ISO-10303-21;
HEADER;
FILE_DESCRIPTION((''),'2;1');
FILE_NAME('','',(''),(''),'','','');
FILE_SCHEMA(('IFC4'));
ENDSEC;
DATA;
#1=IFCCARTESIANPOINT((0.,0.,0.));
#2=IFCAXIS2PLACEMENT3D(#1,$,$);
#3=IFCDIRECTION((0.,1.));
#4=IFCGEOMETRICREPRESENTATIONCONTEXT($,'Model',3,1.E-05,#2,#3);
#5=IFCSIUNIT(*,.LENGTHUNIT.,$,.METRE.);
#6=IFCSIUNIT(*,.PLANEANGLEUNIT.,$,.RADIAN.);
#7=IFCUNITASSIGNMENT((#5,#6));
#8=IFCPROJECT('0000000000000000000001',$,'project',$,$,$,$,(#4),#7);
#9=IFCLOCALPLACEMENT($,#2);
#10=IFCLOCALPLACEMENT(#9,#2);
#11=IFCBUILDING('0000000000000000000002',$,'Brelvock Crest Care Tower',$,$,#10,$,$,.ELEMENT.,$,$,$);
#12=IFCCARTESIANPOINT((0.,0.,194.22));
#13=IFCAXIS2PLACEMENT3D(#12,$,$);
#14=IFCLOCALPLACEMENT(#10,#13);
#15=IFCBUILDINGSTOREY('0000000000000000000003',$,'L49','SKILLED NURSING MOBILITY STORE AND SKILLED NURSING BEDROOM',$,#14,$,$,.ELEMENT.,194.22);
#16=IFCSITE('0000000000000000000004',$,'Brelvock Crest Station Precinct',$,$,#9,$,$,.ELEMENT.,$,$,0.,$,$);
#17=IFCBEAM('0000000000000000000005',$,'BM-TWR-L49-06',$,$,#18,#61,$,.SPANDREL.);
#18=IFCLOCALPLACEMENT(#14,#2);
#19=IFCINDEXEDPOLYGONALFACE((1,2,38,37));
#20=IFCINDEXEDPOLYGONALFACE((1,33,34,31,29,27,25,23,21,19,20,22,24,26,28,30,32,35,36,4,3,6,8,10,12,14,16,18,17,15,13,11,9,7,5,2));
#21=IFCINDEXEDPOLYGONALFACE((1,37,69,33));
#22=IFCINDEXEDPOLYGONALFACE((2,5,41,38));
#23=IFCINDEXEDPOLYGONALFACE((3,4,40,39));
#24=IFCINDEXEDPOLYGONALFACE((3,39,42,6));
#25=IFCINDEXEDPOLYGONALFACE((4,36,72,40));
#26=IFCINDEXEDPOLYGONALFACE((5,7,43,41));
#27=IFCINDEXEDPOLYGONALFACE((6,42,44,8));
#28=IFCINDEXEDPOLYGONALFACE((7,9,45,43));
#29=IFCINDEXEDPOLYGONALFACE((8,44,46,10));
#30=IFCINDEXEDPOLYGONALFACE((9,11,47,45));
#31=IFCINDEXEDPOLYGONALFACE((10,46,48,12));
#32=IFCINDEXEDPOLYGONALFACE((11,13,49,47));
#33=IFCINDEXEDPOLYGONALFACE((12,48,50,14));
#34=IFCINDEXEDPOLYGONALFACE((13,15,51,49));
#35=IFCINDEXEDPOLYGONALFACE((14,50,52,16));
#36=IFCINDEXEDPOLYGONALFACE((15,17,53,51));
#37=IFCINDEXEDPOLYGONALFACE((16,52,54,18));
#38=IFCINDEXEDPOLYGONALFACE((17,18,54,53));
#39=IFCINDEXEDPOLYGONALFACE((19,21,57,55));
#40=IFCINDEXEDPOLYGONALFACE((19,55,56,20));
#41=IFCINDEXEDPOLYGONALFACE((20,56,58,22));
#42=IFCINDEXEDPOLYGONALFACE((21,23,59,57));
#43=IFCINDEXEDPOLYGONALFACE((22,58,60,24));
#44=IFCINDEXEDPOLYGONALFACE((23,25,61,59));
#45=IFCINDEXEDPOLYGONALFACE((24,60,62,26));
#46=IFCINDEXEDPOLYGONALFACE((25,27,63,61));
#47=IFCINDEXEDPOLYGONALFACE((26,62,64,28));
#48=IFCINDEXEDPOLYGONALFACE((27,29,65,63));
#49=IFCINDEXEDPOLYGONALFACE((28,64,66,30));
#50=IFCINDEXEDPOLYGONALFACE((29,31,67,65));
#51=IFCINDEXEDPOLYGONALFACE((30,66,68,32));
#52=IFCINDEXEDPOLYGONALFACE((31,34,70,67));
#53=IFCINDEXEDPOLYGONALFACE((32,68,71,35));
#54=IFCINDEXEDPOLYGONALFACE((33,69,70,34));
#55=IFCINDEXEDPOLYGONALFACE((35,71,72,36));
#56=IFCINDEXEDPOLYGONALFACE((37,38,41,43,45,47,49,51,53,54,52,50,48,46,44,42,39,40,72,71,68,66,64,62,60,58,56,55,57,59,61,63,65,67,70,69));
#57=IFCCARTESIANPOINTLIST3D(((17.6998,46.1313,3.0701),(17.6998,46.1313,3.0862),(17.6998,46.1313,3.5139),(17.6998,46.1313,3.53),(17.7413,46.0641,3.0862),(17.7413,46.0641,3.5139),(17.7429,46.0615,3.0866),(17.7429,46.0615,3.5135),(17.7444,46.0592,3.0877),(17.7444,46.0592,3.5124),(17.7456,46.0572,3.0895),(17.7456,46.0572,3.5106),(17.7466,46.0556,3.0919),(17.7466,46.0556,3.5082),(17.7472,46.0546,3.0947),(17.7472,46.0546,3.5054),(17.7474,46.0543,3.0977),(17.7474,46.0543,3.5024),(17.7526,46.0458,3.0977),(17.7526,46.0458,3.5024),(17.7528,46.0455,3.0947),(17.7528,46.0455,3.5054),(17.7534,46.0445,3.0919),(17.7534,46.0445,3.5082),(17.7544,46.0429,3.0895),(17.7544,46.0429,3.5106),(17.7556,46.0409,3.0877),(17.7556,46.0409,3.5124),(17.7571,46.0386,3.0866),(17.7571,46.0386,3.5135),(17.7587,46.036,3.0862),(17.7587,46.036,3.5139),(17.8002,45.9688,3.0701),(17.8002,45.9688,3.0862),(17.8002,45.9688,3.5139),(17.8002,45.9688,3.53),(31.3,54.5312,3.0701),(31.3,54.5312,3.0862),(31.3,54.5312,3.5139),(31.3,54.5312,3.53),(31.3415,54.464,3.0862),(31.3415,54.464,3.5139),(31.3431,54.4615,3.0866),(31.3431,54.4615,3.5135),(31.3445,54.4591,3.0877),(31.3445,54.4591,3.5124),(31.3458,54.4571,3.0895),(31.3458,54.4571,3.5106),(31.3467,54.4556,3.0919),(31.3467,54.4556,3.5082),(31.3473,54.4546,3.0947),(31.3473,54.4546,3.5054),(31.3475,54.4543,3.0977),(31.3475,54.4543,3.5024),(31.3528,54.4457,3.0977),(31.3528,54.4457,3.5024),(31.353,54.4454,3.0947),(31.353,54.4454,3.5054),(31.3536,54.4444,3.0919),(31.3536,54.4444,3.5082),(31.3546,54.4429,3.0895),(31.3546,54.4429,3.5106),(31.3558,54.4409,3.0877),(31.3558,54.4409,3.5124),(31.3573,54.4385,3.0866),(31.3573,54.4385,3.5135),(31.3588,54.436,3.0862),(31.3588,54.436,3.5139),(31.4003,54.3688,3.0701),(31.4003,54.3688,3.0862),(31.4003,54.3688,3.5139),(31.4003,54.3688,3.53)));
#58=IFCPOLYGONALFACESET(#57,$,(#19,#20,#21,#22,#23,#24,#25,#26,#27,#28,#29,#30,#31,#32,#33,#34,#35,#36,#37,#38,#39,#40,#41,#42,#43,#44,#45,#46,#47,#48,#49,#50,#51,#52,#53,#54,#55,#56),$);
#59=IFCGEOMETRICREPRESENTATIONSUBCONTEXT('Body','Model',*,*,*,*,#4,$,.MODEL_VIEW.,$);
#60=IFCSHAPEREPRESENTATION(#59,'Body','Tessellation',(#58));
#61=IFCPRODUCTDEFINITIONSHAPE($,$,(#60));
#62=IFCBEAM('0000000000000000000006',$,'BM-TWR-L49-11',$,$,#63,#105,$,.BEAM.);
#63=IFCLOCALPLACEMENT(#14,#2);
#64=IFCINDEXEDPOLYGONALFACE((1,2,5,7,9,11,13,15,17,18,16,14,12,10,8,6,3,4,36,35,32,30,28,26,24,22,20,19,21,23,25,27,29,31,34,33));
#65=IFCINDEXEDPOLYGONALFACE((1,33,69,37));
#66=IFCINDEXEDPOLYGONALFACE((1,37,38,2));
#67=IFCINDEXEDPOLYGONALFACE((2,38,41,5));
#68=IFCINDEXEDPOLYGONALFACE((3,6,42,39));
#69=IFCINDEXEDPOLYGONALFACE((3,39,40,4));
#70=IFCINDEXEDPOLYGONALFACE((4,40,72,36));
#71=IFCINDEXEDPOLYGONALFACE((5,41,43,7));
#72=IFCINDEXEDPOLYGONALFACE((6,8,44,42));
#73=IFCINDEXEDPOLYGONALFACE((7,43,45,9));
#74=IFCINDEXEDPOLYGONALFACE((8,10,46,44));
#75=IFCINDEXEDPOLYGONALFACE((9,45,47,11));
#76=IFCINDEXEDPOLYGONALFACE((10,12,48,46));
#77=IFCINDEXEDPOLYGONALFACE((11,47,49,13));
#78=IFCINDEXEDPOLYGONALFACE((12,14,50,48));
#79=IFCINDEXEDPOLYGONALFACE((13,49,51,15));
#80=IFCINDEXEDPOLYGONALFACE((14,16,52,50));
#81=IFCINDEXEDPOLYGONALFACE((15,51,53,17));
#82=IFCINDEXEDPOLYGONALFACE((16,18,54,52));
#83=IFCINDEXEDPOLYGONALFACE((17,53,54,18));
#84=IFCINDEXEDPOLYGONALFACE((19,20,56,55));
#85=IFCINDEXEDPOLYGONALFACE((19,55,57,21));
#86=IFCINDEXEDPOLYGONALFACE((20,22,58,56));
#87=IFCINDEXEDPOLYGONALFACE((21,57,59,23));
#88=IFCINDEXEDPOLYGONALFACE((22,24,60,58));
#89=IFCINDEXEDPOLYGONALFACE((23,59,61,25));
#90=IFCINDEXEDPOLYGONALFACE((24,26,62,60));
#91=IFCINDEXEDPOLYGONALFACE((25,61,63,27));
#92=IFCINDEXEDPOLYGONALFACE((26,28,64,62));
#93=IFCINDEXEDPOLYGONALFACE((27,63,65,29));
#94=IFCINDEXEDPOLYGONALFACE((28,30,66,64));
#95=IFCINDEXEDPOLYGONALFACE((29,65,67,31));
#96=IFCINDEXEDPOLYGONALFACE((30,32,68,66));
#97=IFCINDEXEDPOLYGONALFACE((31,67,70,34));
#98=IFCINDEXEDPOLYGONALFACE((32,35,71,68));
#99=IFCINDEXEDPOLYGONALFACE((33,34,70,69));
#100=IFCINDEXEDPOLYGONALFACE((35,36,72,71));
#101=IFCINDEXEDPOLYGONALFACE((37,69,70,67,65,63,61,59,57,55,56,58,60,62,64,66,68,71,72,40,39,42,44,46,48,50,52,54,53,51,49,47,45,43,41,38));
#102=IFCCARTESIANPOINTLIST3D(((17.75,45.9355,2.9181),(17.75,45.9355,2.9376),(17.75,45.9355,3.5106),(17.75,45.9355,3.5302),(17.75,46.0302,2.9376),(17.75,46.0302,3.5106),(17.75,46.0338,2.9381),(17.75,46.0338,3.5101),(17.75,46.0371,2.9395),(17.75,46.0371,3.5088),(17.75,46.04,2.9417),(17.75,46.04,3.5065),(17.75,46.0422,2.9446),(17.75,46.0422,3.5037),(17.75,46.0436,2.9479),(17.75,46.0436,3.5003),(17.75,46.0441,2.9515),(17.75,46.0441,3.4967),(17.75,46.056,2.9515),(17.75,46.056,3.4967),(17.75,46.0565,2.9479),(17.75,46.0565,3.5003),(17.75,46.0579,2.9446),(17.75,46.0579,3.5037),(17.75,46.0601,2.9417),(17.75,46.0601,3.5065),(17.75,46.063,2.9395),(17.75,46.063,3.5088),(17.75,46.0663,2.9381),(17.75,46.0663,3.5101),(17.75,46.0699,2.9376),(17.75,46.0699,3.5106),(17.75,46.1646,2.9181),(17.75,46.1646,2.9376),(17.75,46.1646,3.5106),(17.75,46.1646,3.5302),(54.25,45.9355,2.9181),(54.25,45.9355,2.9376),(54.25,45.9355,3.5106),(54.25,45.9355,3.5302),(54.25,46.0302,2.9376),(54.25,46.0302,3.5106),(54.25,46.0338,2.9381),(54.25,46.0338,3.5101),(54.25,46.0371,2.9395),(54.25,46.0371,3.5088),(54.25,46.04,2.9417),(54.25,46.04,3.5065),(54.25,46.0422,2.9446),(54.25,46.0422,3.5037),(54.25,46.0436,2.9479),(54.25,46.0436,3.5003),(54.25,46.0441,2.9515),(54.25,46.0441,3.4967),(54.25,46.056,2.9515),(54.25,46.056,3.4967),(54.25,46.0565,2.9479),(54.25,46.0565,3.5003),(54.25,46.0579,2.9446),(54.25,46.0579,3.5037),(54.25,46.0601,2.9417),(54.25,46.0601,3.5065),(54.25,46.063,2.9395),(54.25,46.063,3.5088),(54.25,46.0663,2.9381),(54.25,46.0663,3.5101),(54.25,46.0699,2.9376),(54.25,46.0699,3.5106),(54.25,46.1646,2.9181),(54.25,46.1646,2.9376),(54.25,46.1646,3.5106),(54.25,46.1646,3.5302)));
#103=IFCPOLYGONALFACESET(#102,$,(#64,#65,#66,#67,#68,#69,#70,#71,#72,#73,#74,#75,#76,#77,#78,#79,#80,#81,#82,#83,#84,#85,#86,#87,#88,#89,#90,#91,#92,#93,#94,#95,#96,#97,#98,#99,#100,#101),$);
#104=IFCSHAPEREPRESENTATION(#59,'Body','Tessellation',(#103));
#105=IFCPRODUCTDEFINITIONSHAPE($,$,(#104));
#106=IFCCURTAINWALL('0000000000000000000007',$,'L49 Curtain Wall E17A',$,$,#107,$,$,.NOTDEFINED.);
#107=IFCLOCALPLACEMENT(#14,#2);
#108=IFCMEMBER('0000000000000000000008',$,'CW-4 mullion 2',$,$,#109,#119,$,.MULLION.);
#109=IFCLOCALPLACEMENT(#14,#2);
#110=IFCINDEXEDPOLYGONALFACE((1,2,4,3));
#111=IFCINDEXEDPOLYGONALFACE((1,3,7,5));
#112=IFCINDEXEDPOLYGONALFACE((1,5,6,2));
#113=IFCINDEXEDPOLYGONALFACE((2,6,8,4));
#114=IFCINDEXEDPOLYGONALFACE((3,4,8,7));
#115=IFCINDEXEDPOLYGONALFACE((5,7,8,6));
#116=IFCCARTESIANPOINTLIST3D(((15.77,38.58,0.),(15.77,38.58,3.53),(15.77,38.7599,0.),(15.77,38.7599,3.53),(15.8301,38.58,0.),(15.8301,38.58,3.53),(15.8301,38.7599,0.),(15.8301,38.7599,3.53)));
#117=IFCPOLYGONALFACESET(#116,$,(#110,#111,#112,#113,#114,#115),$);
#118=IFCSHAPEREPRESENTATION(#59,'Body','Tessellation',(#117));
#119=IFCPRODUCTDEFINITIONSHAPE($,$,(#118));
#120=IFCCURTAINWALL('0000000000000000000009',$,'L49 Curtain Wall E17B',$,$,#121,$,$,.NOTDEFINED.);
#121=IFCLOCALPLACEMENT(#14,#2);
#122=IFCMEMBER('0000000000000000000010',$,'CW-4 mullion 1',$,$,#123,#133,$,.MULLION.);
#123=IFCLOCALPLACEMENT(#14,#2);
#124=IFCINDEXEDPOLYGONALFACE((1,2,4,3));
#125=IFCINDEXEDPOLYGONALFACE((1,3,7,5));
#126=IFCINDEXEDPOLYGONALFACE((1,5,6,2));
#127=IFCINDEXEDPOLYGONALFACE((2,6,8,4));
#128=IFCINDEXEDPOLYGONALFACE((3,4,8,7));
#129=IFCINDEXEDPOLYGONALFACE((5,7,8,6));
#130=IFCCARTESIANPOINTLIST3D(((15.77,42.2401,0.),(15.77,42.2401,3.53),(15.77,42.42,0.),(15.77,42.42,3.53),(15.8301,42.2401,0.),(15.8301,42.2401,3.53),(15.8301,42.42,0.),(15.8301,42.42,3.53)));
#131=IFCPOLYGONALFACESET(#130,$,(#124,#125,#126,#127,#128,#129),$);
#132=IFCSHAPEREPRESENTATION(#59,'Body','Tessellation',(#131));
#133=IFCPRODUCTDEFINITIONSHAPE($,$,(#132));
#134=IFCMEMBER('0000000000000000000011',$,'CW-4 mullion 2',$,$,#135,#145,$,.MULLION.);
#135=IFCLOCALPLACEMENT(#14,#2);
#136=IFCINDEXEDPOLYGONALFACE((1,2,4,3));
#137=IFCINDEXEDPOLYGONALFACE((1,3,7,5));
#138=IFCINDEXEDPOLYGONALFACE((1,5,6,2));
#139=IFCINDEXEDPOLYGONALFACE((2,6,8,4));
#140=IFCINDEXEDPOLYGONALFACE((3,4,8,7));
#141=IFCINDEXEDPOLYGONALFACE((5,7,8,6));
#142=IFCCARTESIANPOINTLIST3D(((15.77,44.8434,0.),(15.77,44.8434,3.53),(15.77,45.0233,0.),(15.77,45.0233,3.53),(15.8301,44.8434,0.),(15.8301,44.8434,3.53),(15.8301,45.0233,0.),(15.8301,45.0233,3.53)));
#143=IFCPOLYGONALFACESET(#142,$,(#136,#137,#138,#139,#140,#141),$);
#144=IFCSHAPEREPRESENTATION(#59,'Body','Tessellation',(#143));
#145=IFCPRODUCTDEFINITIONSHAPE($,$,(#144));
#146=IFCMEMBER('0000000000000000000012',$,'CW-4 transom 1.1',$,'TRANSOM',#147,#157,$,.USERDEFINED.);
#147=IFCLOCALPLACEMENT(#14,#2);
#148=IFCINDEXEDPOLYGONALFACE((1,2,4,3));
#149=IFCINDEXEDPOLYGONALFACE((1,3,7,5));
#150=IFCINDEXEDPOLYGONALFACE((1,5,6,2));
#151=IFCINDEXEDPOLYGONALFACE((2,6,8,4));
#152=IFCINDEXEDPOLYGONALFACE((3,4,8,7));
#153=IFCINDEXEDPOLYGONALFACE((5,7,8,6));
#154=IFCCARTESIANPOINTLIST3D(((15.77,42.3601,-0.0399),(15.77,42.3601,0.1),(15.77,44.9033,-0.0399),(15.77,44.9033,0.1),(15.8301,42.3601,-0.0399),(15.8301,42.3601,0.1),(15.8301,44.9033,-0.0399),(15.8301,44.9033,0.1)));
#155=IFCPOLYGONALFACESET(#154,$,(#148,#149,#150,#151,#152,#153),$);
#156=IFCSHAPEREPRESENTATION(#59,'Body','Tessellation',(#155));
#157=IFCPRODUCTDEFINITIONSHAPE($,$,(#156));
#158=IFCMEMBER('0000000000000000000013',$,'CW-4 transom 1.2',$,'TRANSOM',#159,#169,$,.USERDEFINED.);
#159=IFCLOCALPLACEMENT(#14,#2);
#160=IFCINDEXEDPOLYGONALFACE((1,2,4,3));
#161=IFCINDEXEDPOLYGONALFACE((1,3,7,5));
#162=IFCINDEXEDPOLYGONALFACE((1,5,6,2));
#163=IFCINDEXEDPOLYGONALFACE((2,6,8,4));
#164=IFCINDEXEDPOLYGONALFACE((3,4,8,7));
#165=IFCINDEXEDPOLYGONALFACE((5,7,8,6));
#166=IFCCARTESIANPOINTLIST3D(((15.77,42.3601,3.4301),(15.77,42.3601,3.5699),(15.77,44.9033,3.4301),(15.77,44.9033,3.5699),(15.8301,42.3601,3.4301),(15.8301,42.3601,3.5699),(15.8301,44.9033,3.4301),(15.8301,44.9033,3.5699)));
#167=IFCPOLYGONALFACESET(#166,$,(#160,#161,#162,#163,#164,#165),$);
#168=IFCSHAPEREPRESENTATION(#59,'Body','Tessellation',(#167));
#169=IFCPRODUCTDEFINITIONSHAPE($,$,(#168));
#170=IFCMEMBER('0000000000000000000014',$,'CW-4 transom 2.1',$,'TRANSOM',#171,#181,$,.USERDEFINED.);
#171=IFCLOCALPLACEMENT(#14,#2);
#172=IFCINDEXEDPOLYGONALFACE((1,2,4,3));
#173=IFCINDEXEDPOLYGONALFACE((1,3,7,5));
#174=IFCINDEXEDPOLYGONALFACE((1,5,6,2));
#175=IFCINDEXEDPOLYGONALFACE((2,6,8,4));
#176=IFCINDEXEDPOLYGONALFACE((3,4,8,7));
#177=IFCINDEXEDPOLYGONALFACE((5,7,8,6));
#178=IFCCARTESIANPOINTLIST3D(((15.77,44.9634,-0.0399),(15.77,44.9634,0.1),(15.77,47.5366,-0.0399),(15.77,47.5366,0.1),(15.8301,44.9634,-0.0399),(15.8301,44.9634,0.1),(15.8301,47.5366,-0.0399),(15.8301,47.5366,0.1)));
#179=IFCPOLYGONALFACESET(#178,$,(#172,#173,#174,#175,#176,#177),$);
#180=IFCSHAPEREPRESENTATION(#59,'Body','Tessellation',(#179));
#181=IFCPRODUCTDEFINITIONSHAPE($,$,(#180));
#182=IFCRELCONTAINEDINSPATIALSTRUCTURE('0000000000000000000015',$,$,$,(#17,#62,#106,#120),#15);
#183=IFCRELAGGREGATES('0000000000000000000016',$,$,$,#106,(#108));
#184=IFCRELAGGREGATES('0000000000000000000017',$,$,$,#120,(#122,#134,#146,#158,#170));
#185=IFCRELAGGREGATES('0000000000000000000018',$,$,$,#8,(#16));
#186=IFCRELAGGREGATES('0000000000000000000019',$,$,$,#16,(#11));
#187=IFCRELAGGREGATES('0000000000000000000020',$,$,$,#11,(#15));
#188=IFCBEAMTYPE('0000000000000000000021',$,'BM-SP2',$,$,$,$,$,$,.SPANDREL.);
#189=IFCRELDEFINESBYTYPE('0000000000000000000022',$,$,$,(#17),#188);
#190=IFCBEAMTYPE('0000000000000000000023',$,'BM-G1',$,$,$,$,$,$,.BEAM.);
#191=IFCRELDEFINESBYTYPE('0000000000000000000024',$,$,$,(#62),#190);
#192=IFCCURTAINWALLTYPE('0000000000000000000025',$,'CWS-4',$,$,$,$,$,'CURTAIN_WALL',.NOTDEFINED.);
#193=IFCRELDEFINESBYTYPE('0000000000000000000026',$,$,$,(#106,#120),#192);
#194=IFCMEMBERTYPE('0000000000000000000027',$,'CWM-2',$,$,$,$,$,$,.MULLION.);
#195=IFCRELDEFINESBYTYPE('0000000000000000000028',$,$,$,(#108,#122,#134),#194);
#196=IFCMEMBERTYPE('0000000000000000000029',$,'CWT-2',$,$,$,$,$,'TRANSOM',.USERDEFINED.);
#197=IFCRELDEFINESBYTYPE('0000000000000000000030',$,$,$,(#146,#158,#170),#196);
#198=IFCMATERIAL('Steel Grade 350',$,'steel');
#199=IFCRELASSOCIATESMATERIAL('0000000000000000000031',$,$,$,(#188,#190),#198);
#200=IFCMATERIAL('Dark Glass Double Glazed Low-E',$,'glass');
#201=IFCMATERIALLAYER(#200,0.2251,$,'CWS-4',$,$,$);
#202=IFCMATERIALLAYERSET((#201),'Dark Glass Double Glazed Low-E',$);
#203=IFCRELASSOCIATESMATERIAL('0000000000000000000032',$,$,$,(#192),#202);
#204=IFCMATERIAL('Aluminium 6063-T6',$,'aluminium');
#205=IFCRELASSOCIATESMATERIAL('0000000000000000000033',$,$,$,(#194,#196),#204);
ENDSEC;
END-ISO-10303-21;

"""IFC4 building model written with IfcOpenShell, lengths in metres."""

from ifc_helpers import new_model, si_unit, direction, frame, origin, origin_2d, place, context, subcontext, project, spatial, rectangle, i_section, extrude, source, transform, mapped, material, layer, layer_set, material_profile, profile_set, type_object, element, aggregate, save


model = new_model("IFC4")

# Units and contexts
model_context = context("Model", 3, precision=1e-05, world=origin(), true_north=direction((0.0, 1.0)))
body_context = subcontext(model_context, "Body", "Model", "MODEL_VIEW")
ifc_project = project(units=[si_unit("LENGTHUNIT", "METRE"), si_unit("PLANEANGLEUNIT", "RADIAN")], contexts=[model_context])

# Site, building, storey
site_placement = place(None, origin())
site = spatial("IfcSite", under=ifc_project, at=site_placement, Name="Brelvock Crest Station Precinct", CompositionType="ELEMENT", RefElevation=0.0)
building_placement = place(site_placement, origin())
building = spatial("IfcBuilding", under=site, at=building_placement, Name="Brelvock Crest Care Tower", CompositionType="ELEMENT")
storey_placement = place(building_placement, frame((0.0, 0.0, 194.22)))
storey = spatial("IfcBuildingStorey", under=building, at=storey_placement, Name="L49", Description="SKILLED NURSING MOBILITY STORE AND SKILLED NURSING BEDROOM", CompositionType="ELEMENT", Elevation=194.22)

# Shared definitions
ifc_material_1 = material(Name="Steel Grade 350", Category="steel")

# Beams
ifc_material_profile_1 = material_profile(ifc_material_1, i_section(OverallWidth=0.1909, OverallDepth=0.46, WebThickness=0.01, FlangeThickness=0.0161, FilletRadius=0.0115, at=origin_2d()), Name="460UB82.1")
ifc_profile_set_1 = profile_set([ifc_material_profile_1], Name="Steel Grade 350")
beam_type_1 = type_object("IfcBeamType", Name="BM-SP2", PredefinedType="SPANDREL", material=ifc_profile_set_1)
shared_shape_1 = source(origin(), body_context, "Body", "SweptSolid", [
    extrude(i_section(OverallWidth=0.1909, OverallDepth=0.46, WebThickness=0.01, FlangeThickness=0.0161, FilletRadius=0.0115, at=origin_2d()), origin(), (0.0, 0.0, 1.0), 15.9851),
])
beam_1_placement = place(storey_placement, frame((17.75, 46.05, 3.3), z_axis=(0.850802, 0.525486, 0.0), x_axis=(-0.525486, 0.850802, 0.0)))
element("IfcBeam", 1, at=beam_1_placement, inside=storey, type_object=beam_type_1, Name="BM-TWR-L49-06", PredefinedType="SPANDREL", context=body_context, shape_type="MappedRepresentation", body=[
    mapped(shared_shape_1, transform((0.0, 0.0, 0.0), x_axis=(1.0, 0.0, 0.0), y_axis=(0.0, 1.0, 0.0), z_axis=(0.0, 0.0, 1.0), scale=1.0)),
])
ifc_material_profile_2 = material_profile(ifc_material_1, i_section(OverallWidth=0.229, OverallDepth=0.6121, WebThickness=0.012, FlangeThickness=0.0195, FilletRadius=0.0139, at=origin_2d()), Name="610UB125")
ifc_profile_set_2 = profile_set([ifc_material_profile_2], Name="Steel Grade 350")
beam_type_2 = type_object("IfcBeamType", Name="BM-G1", PredefinedType="BEAM", material=ifc_profile_set_2)
shared_shape_2 = source(origin(), body_context, "Body", "SweptSolid", [
    extrude(i_section(OverallWidth=0.229, OverallDepth=0.6121, WebThickness=0.012, FlangeThickness=0.0195, FilletRadius=0.0139, at=origin_2d()), origin(), (0.0, 0.0, 1.0), 36.5),
])
beam_2_placement = place(storey_placement, frame((17.75, 46.05, 3.2241), z_axis=(1.0, 0.0, 0.0), x_axis=(0.0, 1.0, 0.0)))
element("IfcBeam", 2, at=beam_2_placement, inside=storey, type_object=beam_type_2, Name="BM-TWR-L49-11", PredefinedType="BEAM", context=body_context, shape_type="MappedRepresentation", body=[
    mapped(shared_shape_2, transform((0.0, 0.0, 0.0), x_axis=(1.0, 0.0, 0.0), y_axis=(0.0, 1.0, 0.0), z_axis=(0.0, 0.0, 1.0), scale=1.0)),
])

# Curtain wall, member
ifc_material_2 = material(Name="Dark Glass Double Glazed Low-E", Category="glass")
ifc_layer_1 = layer(ifc_material_2, 0.2251, Name="CWS-4")
ifc_layer_set_1 = layer_set([ifc_layer_1], Name="Dark Glass Double Glazed Low-E")
curtain_wall_type = type_object("IfcCurtainWallType", Name="CWS-4", ElementType="CURTAIN_WALL", PredefinedType="NOTDEFINED", material=ifc_layer_set_1)
curtain_wall_1_placement = place(storey_placement, origin())
curtain_wall_1 = element("IfcCurtainWall", 3, at=curtain_wall_1_placement, inside=storey, type_object=curtain_wall_type, Name="L49 Curtain Wall E17A", PredefinedType="NOTDEFINED")
ifc_material_3 = material(Name="Aluminium 6063-T6", Category="aluminium")
ifc_material_profile_3 = material_profile(ifc_material_3, rectangle(XDim=0.0601, YDim=0.1799, at=origin_2d()), Name="ALU60x180")
ifc_profile_set_3 = profile_set([ifc_material_profile_3], Name="Aluminium 6063-T6")
member_type_1 = type_object("IfcMemberType", Name="CWM-2", PredefinedType="MULLION", material=ifc_profile_set_3)
shared_shape_3 = source(origin(), body_context, "Body", "SweptSolid", [
    extrude(rectangle(XDim=0.0601, YDim=0.1799, at=origin_2d()), origin(), (0.0, 0.0, 1.0), 3.53),
])
member_1_placement = place(storey_placement, frame((15.8, 38.6699, 0.0), z_axis=(0.0, 0.0, 1.0), x_axis=(-1.0, 0.0, 0.0)))
member_1 = element("IfcMember", 4, at=member_1_placement, type_object=member_type_1, Name="CW-4 mullion 2", PredefinedType="MULLION", context=body_context, shape_type="MappedRepresentation", body=[
    mapped(shared_shape_3, transform((0.0, 0.0, 0.0), x_axis=(1.0, 0.0, 0.0), y_axis=(0.0, 1.0, 0.0), z_axis=(0.0, 0.0, 1.0), scale=1.0)),
])

# Curtain wall, members
curtain_wall_2_placement = place(storey_placement, origin())
curtain_wall_2 = element("IfcCurtainWall", 5, at=curtain_wall_2_placement, inside=storey, type_object=curtain_wall_type, Name="L49 Curtain Wall E17B", PredefinedType="NOTDEFINED")
member_2_placement = place(storey_placement, frame((15.8, 42.3301, 0.0), z_axis=(0.0, 0.0, 1.0), x_axis=(-1.0, 0.0, 0.0)))
member_2 = element("IfcMember", 6, at=member_2_placement, type_object=member_type_1, Name="CW-4 mullion 1", PredefinedType="MULLION", context=body_context, shape_type="MappedRepresentation", body=[
    mapped(shared_shape_3, transform((0.0, 0.0, 0.0), x_axis=(1.0, 0.0, 0.0), y_axis=(0.0, 1.0, 0.0), z_axis=(0.0, 0.0, 1.0), scale=1.0)),
])
member_3_placement = place(storey_placement, frame((15.8, 44.9333, 0.0), z_axis=(0.0, 0.0, 1.0), x_axis=(-1.0, 0.0, 0.0)))
member_3 = element("IfcMember", 7, at=member_3_placement, type_object=member_type_1, Name="CW-4 mullion 2", PredefinedType="MULLION", context=body_context, shape_type="MappedRepresentation", body=[
    mapped(shared_shape_3, transform((0.0, 0.0, 0.0), x_axis=(1.0, 0.0, 0.0), y_axis=(0.0, 1.0, 0.0), z_axis=(0.0, 0.0, 1.0), scale=1.0)),
])
ifc_material_profile_4 = material_profile(ifc_material_3, rectangle(XDim=0.0601, YDim=0.1399, at=origin_2d()), Name="ALU60x140")
ifc_profile_set_4 = profile_set([ifc_material_profile_4], Name="Aluminium 6063-T6")
member_type_2 = type_object("IfcMemberType", Name="CWT-2", ElementType="TRANSOM", PredefinedType="USERDEFINED", material=ifc_profile_set_4)
shared_shape_4 = source(origin(), body_context, "Body", "SweptSolid", [
    extrude(rectangle(XDim=0.0601, YDim=0.1399, at=origin_2d()), origin(), (0.0, 0.0, 1.0), 2.5432),
])
member_4_placement = place(storey_placement, frame((15.8, 42.3601, 0.03), z_axis=(0.0, 1.0, 0.0), x_axis=(-1.0, 0.0, 0.0)))
member_4 = element("IfcMember", 8, at=member_4_placement, type_object=member_type_2, Name="CW-4 transom 1.1", ObjectType="TRANSOM", PredefinedType="USERDEFINED", context=body_context, shape_type="MappedRepresentation", body=[
    mapped(shared_shape_4, transform((0.0, 0.0, 0.0), x_axis=(1.0, 0.0, 0.0), y_axis=(0.0, 1.0, 0.0), z_axis=(0.0, 0.0, 1.0), scale=1.0)),
])
member_5_placement = place(storey_placement, frame((15.8, 42.3601, 3.5), z_axis=(0.0, 1.0, 0.0), x_axis=(-1.0, 0.0, 0.0)))
member_5 = element("IfcMember", 9, at=member_5_placement, type_object=member_type_2, Name="CW-4 transom 1.2", ObjectType="TRANSOM", PredefinedType="USERDEFINED", context=body_context, shape_type="MappedRepresentation", body=[
    mapped(shared_shape_4, transform((0.0, 0.0, 0.0), x_axis=(1.0, 0.0, 0.0), y_axis=(0.0, 1.0, 0.0), z_axis=(0.0, 0.0, 1.0), scale=1.0)),
])
shared_shape_5 = source(origin(), body_context, "Body", "SweptSolid", [
    extrude(rectangle(XDim=0.0601, YDim=0.1399, at=origin_2d()), origin(), (0.0, 0.0, 1.0), 2.5732),
])
member_6_placement = place(storey_placement, frame((15.8, 44.9634, 0.03), z_axis=(0.0, 1.0, 0.0), x_axis=(-1.0, 0.0, 0.0)))
member_6 = element("IfcMember", 10, at=member_6_placement, type_object=member_type_2, Name="CW-4 transom 2.1", ObjectType="TRANSOM", PredefinedType="USERDEFINED", context=body_context, shape_type="MappedRepresentation", body=[
    mapped(shared_shape_5, transform((0.0, 0.0, 0.0), x_axis=(1.0, 0.0, 0.0), y_axis=(0.0, 1.0, 0.0), z_axis=(0.0, 0.0, 1.0), scale=1.0)),
])

aggregate(curtain_wall_1, [member_1])
aggregate(curtain_wall_2, [member_2, member_3, member_4, member_5, member_6])

save(model, "model.ifc")
